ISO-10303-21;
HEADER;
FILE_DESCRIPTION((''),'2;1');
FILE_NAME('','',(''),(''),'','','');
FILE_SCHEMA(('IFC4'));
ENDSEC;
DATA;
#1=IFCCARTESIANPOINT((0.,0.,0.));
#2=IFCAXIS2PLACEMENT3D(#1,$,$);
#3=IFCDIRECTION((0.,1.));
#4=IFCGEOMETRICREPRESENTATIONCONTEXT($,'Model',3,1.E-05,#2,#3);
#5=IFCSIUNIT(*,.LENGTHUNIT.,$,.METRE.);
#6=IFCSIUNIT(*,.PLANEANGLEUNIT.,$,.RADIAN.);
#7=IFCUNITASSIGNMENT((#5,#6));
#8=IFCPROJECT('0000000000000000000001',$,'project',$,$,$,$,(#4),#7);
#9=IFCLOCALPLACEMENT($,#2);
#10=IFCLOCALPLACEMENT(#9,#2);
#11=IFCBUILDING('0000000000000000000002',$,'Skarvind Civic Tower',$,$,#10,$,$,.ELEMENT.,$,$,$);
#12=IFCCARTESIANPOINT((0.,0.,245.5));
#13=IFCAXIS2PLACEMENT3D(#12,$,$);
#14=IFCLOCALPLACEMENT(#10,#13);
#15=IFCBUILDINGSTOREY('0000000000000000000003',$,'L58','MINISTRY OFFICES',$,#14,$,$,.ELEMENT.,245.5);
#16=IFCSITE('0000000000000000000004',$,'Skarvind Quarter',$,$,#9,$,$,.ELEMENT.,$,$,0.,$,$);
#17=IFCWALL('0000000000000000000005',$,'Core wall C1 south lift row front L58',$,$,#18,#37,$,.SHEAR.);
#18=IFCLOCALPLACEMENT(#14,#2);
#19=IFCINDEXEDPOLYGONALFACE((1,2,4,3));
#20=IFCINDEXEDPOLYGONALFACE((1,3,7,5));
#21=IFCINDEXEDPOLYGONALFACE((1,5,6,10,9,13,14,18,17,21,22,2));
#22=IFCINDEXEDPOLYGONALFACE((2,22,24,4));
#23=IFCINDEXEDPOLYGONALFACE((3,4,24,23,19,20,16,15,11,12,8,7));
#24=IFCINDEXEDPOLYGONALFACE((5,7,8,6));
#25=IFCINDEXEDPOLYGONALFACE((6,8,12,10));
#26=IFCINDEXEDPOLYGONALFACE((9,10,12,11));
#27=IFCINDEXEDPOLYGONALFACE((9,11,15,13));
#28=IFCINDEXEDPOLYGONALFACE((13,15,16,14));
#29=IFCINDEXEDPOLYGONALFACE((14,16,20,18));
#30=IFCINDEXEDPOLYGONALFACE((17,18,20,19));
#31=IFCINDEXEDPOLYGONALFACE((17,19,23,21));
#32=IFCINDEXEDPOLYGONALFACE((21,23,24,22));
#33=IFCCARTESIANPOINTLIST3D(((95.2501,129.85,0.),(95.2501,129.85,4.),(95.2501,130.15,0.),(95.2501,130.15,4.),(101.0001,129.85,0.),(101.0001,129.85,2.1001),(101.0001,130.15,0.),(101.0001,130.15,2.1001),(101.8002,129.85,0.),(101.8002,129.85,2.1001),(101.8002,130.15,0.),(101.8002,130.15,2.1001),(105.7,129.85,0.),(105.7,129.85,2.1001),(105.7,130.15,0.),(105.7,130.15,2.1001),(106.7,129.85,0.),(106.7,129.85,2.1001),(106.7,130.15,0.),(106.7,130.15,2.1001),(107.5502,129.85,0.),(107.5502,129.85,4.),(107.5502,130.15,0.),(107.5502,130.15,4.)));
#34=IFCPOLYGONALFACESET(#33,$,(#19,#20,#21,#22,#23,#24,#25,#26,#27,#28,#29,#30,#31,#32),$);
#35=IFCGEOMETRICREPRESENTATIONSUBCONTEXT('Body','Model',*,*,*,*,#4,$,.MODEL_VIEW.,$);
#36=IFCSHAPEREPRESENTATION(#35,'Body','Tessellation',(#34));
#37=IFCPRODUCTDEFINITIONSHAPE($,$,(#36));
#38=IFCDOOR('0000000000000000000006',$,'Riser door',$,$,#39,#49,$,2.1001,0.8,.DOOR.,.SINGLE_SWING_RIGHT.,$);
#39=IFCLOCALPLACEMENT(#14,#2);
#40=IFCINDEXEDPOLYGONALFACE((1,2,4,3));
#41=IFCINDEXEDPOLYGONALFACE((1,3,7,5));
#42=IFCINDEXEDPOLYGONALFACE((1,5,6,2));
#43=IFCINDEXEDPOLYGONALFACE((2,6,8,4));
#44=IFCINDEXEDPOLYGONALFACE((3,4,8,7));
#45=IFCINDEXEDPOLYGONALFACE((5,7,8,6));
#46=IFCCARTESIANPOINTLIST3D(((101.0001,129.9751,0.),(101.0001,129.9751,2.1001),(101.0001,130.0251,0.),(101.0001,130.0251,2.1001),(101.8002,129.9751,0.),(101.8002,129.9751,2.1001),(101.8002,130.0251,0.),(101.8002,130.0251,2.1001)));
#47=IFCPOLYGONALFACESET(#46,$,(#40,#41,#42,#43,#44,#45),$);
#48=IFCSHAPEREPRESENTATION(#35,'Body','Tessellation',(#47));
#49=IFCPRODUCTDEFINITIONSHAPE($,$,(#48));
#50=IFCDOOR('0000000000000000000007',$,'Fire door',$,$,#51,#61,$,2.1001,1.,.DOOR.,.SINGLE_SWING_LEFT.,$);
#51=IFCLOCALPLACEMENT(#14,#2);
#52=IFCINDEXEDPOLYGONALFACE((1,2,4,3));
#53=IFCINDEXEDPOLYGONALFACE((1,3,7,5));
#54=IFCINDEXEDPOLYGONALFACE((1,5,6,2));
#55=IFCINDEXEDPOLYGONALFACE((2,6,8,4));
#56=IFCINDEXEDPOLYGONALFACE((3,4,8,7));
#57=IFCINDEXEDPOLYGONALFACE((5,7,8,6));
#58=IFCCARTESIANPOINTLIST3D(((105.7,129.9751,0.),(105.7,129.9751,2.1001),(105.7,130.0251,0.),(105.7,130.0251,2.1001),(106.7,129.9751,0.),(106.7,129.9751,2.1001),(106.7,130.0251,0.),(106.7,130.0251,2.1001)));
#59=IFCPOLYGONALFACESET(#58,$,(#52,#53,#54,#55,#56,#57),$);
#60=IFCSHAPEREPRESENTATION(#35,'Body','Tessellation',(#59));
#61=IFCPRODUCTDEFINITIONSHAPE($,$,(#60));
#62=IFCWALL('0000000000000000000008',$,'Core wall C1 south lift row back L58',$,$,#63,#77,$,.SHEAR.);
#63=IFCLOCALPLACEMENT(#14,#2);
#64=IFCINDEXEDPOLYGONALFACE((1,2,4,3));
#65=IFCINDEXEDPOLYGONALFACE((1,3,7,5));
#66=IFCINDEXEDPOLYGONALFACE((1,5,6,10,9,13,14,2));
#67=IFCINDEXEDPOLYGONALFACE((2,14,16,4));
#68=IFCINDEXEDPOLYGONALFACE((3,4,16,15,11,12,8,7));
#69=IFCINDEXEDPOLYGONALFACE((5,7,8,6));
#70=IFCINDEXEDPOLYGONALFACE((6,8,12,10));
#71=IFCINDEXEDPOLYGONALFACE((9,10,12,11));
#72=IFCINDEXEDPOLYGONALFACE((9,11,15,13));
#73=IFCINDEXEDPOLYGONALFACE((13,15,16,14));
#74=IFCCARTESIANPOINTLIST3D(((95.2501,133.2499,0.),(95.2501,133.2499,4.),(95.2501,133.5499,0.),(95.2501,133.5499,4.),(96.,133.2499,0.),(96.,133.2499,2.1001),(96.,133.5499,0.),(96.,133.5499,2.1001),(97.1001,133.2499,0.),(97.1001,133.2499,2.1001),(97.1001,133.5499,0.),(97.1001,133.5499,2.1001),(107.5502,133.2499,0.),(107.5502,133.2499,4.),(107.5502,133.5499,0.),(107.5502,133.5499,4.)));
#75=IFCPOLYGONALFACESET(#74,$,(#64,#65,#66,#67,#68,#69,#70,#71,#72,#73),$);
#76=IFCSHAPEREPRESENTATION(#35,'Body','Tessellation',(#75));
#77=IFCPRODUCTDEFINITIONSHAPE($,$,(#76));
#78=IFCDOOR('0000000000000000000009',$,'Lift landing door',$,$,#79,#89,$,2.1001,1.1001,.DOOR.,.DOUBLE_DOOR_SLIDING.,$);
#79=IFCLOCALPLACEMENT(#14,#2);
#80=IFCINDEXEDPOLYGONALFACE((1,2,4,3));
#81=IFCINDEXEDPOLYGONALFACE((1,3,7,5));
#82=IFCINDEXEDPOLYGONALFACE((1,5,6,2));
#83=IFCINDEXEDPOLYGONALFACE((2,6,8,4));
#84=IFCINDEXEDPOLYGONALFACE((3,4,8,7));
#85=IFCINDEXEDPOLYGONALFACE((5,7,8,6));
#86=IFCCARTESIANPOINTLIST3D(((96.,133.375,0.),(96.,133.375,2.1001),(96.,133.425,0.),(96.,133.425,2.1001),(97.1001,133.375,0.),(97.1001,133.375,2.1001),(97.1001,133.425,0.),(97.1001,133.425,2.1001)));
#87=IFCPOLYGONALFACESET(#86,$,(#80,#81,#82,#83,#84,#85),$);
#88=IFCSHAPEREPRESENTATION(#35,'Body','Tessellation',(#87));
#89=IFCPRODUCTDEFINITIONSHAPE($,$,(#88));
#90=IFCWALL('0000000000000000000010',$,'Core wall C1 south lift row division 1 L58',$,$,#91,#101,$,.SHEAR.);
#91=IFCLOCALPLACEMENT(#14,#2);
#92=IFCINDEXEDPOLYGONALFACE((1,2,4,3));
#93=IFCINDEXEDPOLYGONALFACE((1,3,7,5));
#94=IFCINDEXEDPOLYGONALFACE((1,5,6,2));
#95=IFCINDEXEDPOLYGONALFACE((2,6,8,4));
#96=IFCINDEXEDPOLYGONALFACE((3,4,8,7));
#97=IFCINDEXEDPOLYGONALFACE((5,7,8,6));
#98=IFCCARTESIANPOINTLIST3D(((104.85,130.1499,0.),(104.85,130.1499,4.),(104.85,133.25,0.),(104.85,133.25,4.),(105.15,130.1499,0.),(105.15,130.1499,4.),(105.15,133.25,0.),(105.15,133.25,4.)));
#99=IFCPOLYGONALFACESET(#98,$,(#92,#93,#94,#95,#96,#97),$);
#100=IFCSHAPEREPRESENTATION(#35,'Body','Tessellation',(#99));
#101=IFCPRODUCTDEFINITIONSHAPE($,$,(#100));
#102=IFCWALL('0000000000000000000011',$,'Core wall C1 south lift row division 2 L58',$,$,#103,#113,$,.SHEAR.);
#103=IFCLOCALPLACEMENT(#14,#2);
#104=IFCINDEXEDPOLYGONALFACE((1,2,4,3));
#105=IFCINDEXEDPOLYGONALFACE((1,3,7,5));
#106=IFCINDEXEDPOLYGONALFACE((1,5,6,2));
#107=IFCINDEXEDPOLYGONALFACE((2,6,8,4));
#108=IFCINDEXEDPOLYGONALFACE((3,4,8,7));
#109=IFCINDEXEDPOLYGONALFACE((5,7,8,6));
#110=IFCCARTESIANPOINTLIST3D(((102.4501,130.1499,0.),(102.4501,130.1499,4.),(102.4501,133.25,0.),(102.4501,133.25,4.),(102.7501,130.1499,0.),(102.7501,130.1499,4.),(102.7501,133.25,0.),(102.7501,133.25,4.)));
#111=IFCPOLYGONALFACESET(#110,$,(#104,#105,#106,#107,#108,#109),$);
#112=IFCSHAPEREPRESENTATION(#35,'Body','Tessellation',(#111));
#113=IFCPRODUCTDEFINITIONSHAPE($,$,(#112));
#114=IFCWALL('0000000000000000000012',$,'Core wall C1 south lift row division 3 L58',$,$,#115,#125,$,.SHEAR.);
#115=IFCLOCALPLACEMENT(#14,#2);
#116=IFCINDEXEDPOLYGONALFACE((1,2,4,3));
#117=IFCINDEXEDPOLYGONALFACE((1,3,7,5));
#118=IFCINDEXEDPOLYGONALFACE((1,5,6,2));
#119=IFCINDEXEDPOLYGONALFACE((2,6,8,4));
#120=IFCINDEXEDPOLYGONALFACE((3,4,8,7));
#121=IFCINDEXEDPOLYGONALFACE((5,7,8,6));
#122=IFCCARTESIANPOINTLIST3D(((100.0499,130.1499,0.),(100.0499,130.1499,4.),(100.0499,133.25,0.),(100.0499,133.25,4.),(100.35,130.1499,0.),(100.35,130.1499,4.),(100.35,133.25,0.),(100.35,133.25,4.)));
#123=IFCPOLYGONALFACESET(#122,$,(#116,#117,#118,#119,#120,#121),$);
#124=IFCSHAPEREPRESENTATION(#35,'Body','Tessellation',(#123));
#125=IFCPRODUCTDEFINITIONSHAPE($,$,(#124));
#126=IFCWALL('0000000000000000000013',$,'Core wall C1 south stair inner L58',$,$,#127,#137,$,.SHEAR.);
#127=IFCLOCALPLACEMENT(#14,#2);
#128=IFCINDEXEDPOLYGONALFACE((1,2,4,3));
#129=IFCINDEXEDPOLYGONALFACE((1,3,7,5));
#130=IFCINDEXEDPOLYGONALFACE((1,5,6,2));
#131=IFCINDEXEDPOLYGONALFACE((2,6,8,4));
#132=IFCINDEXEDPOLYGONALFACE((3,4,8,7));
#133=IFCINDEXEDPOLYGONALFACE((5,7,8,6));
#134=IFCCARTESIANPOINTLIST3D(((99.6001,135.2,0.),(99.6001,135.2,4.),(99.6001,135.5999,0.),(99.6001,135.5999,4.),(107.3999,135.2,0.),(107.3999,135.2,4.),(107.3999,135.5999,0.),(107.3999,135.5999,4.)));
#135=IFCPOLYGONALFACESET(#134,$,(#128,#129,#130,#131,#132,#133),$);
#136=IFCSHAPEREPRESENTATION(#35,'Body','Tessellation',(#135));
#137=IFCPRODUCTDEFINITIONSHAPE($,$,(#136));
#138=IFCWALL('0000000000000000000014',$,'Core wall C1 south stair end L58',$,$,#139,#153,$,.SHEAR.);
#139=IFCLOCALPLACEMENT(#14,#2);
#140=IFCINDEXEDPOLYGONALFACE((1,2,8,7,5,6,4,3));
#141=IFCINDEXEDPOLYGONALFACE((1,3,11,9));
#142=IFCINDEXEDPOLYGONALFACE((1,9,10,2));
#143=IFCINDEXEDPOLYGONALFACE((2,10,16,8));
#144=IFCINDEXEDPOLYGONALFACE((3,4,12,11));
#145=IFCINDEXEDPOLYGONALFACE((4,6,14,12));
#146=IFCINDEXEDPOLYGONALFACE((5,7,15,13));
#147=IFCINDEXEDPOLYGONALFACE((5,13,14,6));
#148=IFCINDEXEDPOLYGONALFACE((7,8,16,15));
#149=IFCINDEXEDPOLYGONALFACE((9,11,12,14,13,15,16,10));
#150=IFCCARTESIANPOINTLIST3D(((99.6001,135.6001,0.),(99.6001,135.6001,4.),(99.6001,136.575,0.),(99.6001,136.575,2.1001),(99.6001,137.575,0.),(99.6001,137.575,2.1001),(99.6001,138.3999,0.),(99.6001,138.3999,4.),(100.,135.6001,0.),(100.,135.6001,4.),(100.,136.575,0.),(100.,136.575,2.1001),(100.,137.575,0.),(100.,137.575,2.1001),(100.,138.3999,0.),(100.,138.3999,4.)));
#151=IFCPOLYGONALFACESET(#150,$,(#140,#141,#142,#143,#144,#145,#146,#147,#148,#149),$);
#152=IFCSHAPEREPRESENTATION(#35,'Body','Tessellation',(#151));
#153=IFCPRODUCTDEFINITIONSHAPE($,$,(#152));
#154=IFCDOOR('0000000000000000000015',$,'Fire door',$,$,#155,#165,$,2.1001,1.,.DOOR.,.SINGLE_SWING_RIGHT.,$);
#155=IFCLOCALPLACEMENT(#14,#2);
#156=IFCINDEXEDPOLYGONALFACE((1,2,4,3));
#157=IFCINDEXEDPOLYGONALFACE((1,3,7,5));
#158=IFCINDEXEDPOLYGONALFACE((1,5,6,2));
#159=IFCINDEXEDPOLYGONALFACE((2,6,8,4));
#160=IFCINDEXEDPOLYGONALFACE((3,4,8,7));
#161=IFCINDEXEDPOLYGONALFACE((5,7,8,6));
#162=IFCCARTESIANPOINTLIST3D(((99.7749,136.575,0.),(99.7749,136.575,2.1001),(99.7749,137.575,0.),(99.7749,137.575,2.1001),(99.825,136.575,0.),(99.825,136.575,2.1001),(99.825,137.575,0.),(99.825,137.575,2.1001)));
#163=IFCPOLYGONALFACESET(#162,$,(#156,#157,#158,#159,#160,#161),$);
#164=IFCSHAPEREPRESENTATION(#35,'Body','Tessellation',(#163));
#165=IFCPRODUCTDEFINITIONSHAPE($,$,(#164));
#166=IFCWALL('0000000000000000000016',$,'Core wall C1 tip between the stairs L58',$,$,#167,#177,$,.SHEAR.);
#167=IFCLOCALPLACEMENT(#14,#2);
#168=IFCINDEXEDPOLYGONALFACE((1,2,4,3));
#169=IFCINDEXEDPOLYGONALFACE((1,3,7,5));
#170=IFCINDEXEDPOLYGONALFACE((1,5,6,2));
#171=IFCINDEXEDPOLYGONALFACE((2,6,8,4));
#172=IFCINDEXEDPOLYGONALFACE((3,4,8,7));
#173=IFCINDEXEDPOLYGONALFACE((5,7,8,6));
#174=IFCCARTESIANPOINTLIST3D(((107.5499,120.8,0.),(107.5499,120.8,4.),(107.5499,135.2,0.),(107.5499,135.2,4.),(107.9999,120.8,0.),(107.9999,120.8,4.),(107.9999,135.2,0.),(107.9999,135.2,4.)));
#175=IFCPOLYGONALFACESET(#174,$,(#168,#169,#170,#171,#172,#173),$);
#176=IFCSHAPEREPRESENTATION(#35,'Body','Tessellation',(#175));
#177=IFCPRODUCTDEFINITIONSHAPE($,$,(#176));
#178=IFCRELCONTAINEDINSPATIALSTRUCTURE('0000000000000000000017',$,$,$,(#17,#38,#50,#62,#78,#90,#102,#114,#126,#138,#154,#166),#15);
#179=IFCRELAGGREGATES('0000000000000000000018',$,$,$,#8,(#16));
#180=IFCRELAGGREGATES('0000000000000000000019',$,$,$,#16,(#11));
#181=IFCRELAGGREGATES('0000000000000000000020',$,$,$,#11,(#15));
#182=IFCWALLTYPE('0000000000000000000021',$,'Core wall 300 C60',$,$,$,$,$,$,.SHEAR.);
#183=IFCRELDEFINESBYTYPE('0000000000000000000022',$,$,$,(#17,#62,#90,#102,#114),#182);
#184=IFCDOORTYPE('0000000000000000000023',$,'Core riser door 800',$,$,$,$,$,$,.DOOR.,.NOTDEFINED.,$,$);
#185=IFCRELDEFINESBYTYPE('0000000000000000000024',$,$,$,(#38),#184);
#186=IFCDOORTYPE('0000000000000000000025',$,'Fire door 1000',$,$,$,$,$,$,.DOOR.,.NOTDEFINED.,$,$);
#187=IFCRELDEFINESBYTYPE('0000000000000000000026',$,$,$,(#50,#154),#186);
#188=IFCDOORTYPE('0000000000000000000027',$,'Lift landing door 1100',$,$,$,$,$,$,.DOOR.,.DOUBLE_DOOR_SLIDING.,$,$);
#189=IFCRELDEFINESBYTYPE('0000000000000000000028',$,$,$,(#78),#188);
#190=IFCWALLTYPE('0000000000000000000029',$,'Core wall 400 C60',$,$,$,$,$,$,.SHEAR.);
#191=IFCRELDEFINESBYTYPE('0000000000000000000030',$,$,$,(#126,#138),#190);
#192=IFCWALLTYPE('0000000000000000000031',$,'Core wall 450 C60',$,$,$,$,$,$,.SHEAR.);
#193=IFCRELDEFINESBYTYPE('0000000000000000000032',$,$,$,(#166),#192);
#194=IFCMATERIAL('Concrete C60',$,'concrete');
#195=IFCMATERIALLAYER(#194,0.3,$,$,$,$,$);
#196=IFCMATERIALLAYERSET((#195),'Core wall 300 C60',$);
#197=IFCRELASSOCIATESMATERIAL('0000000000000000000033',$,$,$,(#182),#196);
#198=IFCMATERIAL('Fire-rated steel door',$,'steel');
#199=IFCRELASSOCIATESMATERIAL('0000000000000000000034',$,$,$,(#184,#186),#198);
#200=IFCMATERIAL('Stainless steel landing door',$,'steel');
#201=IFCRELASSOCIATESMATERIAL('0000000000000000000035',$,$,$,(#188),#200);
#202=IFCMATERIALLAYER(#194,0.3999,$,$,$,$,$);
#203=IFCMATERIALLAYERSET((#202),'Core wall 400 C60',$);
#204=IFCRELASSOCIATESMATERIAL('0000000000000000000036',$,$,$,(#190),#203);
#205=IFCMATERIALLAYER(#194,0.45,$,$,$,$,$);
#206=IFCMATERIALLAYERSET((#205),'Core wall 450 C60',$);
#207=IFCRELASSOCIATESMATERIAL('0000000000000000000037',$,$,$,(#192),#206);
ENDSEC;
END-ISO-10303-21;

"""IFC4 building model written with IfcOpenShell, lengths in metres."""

from ifc_helpers import new_model, si_unit, direction, frame, frame_2d, origin, place, context, subcontext, project, spatial, rectangle, extrude, material, layer, layer_set, type_object, element, fill, save


model = new_model("IFC4")

# Units and contexts
model_context = context("Model", 3, precision=1e-05, world=origin(), true_north=direction((0.0, 1.0)))
body_context = subcontext(model_context, "Body", "Model", "MODEL_VIEW")
ifc_project = project(units=[si_unit("LENGTHUNIT", "METRE"), si_unit("PLANEANGLEUNIT", "RADIAN")], contexts=[model_context])

# Site, building, storey
site_placement = place(None, origin())
site = spatial("IfcSite", under=ifc_project, at=site_placement, Name="Skarvind Quarter", CompositionType="ELEMENT", RefElevation=0.0)
building_placement = place(site_placement, origin())
building = spatial("IfcBuilding", under=site, at=building_placement, Name="Skarvind Civic Tower", CompositionType="ELEMENT")
storey_placement = place(building_placement, frame((0.0, 0.0, 245.5)))
storey = spatial("IfcBuildingStorey", under=building, at=storey_placement, Name="L58", Description="MINISTRY OFFICES", CompositionType="ELEMENT", Elevation=245.5)

# Wall, openings, doors
ifc_material_1 = material(Name="Concrete C60", Category="concrete")
ifc_layer_1 = layer(ifc_material_1, 0.3)
ifc_layer_set_1 = layer_set([ifc_layer_1], Name="Core wall 300 C60")
wall_type_1 = type_object("IfcWallType", Name="Core wall 300 C60", PredefinedType="SHEAR", material=ifc_layer_set_1)
wall_1_placement = place(storey_placement, frame((107.55, 130.0, 0.0), z_axis=(0.0, 0.0, 1.0), x_axis=(-1.0, 0.0, 0.0)))
wall_1 = element("IfcWall", 1, at=wall_1_placement, inside=storey, type_object=wall_type_1, Name="Core wall C1 south lift row front L58", PredefinedType="SHEAR", context=body_context, shape_type="SweptSolid", body=[
    extrude(rectangle(XDim=12.3, YDim=0.3, at=frame_2d((6.1499, 0.0))), origin(), (0.0, 0.0, 1.0), 4.0),
])
opening_1_placement = place(wall_1_placement, frame((0.8501, 0.0, 0.0)))
opening_1 = element("IfcOpeningElement", 2, at=opening_1_placement, cuts=wall_1, PredefinedType="OPENING", context=body_context, shape_type="SweptSolid", body=[
    extrude(rectangle(XDim=1.0, YDim=2.1001, at=frame_2d((0.5, 1.05))), frame((0.0, 0.1599, 0.0), z_axis=(0.0, -1.0, 0.0), x_axis=(1.0, 0.0, 0.0)), (0.0, 0.0, 1.0), 0.3201),
])
opening_2_placement = place(wall_1_placement, frame((5.75, 0.0, 0.0)))
opening_2 = element("IfcOpeningElement", 3, at=opening_2_placement, cuts=wall_1, PredefinedType="OPENING", context=body_context, shape_type="SweptSolid", body=[
    extrude(rectangle(XDim=0.8, YDim=2.1001, at=frame_2d((0.3999, 1.05))), frame((0.0, 0.1599, 0.0), z_axis=(0.0, -1.0, 0.0), x_axis=(1.0, 0.0, 0.0)), (0.0, 0.0, 1.0), 0.3201),
])
ifc_material_2 = material(Name="Fire-rated steel door", Category="steel")
door_type_1 = type_object("IfcDoorType", Name="Core riser door 800", OperationType="NOTDEFINED", PredefinedType="DOOR", material=ifc_material_2)
door_1_placement = place(opening_2_placement, origin())
door_1 = element("IfcDoor", 4, at=door_1_placement, inside=storey, type_object=door_type_1, Name="Riser door", OperationType="SINGLE_SWING_RIGHT", OverallHeight=2.1001, OverallWidth=0.8, PredefinedType="DOOR", context=body_context, shape_type="SweptSolid", body=[
    extrude(rectangle(XDim=0.8, YDim=2.1001, at=frame_2d((0.3999, 1.05))), frame((0.0, 0.0249, 0.0), z_axis=(0.0, -1.0, 0.0), x_axis=(1.0, 0.0, 0.0)), (0.0, 0.0, 1.0), 0.05),
])
fill(opening_2, door_1)
door_type_2 = type_object("IfcDoorType", Name="Fire door 1000", OperationType="NOTDEFINED", PredefinedType="DOOR", material=ifc_material_2)
door_2_placement = place(opening_1_placement, origin())
door_2 = element("IfcDoor", 5, at=door_2_placement, inside=storey, type_object=door_type_2, Name="Fire door", OperationType="SINGLE_SWING_LEFT", OverallHeight=2.1001, OverallWidth=1.0, PredefinedType="DOOR", context=body_context, shape_type="SweptSolid", body=[
    extrude(rectangle(XDim=1.0, YDim=2.1001, at=frame_2d((0.5, 1.05))), frame((0.0, 0.0249, 0.0), z_axis=(0.0, -1.0, 0.0), x_axis=(1.0, 0.0, 0.0)), (0.0, 0.0, 1.0), 0.05),
])
fill(opening_1, door_2)

# Wall, opening, door
wall_2_placement = place(storey_placement, frame((107.55, 133.3999, 0.0), z_axis=(0.0, 0.0, 1.0), x_axis=(-1.0, 0.0, 0.0)))
wall_2 = element("IfcWall", 6, at=wall_2_placement, inside=storey, type_object=wall_type_1, Name="Core wall C1 south lift row back L58", PredefinedType="SHEAR", context=body_context, shape_type="SweptSolid", body=[
    extrude(rectangle(XDim=12.3, YDim=0.3, at=frame_2d((6.1499, 0.0))), origin(), (0.0, 0.0, 1.0), 4.0),
])
opening_3_placement = place(wall_2_placement, frame((10.45, 0.0, 0.0)))
opening_3 = element("IfcOpeningElement", 7, at=opening_3_placement, cuts=wall_2, PredefinedType="OPENING", context=body_context, shape_type="SweptSolid", body=[
    extrude(rectangle(XDim=1.1001, YDim=2.1001, at=frame_2d((0.55, 1.05))), frame((0.0, 0.1599, 0.0), z_axis=(0.0, -1.0, 0.0), x_axis=(1.0, 0.0, 0.0)), (0.0, 0.0, 1.0), 0.3201),
])
ifc_material_3 = material(Name="Stainless steel landing door", Category="steel")
door_type_3 = type_object("IfcDoorType", Name="Lift landing door 1100", OperationType="DOUBLE_DOOR_SLIDING", PredefinedType="DOOR", material=ifc_material_3)
door_3_placement = place(opening_3_placement, origin())
door_3 = element("IfcDoor", 8, at=door_3_placement, inside=storey, type_object=door_type_3, Name="Lift landing door", OperationType="DOUBLE_DOOR_SLIDING", OverallHeight=2.1001, OverallWidth=1.1001, PredefinedType="DOOR", context=body_context, shape_type="SweptSolid", body=[
    extrude(rectangle(XDim=1.1001, YDim=2.1001, at=frame_2d((0.55, 1.05))), frame((0.0, 0.0249, 0.0), z_axis=(0.0, -1.0, 0.0), x_axis=(1.0, 0.0, 0.0)), (0.0, 0.0, 1.0), 0.05),
])
fill(opening_3, door_3)

# Walls
for number, where, z_axis, x_axis, name in (
    (9, (105.0, 133.25, 0.0), (0.0, 0.0, 1.0), (0.0, -1.0, 0.0), "Core wall C1 south lift row division 1 L58"),
    (10, (102.6001, 133.25, 0.0), (0.0, 0.0, 1.0), (0.0, -1.0, 0.0), "Core wall C1 south lift row division 2 L58"),
    (11, (100.2, 133.25, 0.0), (0.0, 0.0, 1.0), (0.0, -1.0, 0.0), "Core wall C1 south lift row division 3 L58"),
):
    element("IfcWall", number, at=place(storey_placement, frame(where, z_axis=z_axis, x_axis=x_axis)), inside=storey, type_object=wall_type_1, Name=name, PredefinedType="SHEAR", context=body_context, shape_type="SweptSolid", body=[
        extrude(rectangle(XDim=3.1001, YDim=0.3, at=frame_2d((1.55, 0.0))), origin(), (0.0, 0.0, 1.0), 4.0),
    ])
ifc_layer_2 = layer(ifc_material_1, 0.3999)
ifc_layer_set_2 = layer_set([ifc_layer_2], Name="Core wall 400 C60")
wall_type_2 = type_object("IfcWallType", Name="Core wall 400 C60", PredefinedType="SHEAR", material=ifc_layer_set_2)
wall_3_placement = place(storey_placement, frame((107.3999, 135.3999, 0.0), z_axis=(0.0, 0.0, 1.0), x_axis=(-1.0, 0.0, 0.0)))
element("IfcWall", 12, at=wall_3_placement, inside=storey, type_object=wall_type_2, Name="Core wall C1 south stair inner L58", PredefinedType="SHEAR", context=body_context, shape_type="SweptSolid", body=[
    extrude(rectangle(XDim=7.7998, YDim=0.3999, at=frame_2d((3.8999, 0.0))), origin(), (0.0, 0.0, 1.0), 4.0),
])

# Wall, opening, door
wall_4_placement = place(storey_placement, frame((99.8, 138.3999, 0.0), z_axis=(0.0, 0.0, 1.0), x_axis=(0.0, -1.0, 0.0)))
wall_4 = element("IfcWall", 13, at=wall_4_placement, inside=storey, type_object=wall_type_2, Name="Core wall C1 south stair end L58", PredefinedType="SHEAR", context=body_context, shape_type="SweptSolid", body=[
    extrude(rectangle(XDim=2.7998, YDim=0.3999, at=frame_2d((1.3999, 0.0))), origin(), (0.0, 0.0, 1.0), 4.0),
])
opening_4_placement = place(wall_4_placement, frame((0.825, 0.0, 0.0)))
opening_4 = element("IfcOpeningElement", 14, at=opening_4_placement, cuts=wall_4, PredefinedType="OPENING", context=body_context, shape_type="SweptSolid", body=[
    extrude(rectangle(XDim=1.0, YDim=2.1001, at=frame_2d((0.5, 1.05))), frame((0.0, 0.21, 0.0), z_axis=(0.0, -1.0, 0.0), x_axis=(1.0, 0.0, 0.0)), (0.0, 0.0, 1.0), 0.4199),
])
door_4_placement = place(opening_4_placement, origin())
door_4 = element("IfcDoor", 15, at=door_4_placement, inside=storey, type_object=door_type_2, Name="Fire door", OperationType="SINGLE_SWING_RIGHT", OverallHeight=2.1001, OverallWidth=1.0, PredefinedType="DOOR", context=body_context, shape_type="SweptSolid", body=[
    extrude(rectangle(XDim=1.0, YDim=2.1001, at=frame_2d((0.5, 1.05))), frame((0.0, 0.0249, 0.0), z_axis=(0.0, -1.0, 0.0), x_axis=(1.0, 0.0, 0.0)), (0.0, 0.0, 1.0), 0.05),
])
fill(opening_4, door_4)

# Wall
ifc_layer_3 = layer(ifc_material_1, 0.45)
ifc_layer_set_3 = layer_set([ifc_layer_3], Name="Core wall 450 C60")
wall_type_3 = type_object("IfcWallType", Name="Core wall 450 C60", PredefinedType="SHEAR", material=ifc_layer_set_3)
wall_5_placement = place(storey_placement, frame((107.7749, 135.2, 0.0), z_axis=(0.0, 0.0, 1.0), x_axis=(0.0, -1.0, 0.0)))
element("IfcWall", 16, at=wall_5_placement, inside=storey, type_object=wall_type_3, Name="Core wall C1 tip between the stairs L58", PredefinedType="SHEAR", context=body_context, shape_type="SweptSolid", body=[
    extrude(rectangle(XDim=14.3999, YDim=0.45, at=frame_2d((7.2, 0.0))), origin(), (0.0, 0.0, 1.0), 4.0),
])

save(model, "model.ifc")
